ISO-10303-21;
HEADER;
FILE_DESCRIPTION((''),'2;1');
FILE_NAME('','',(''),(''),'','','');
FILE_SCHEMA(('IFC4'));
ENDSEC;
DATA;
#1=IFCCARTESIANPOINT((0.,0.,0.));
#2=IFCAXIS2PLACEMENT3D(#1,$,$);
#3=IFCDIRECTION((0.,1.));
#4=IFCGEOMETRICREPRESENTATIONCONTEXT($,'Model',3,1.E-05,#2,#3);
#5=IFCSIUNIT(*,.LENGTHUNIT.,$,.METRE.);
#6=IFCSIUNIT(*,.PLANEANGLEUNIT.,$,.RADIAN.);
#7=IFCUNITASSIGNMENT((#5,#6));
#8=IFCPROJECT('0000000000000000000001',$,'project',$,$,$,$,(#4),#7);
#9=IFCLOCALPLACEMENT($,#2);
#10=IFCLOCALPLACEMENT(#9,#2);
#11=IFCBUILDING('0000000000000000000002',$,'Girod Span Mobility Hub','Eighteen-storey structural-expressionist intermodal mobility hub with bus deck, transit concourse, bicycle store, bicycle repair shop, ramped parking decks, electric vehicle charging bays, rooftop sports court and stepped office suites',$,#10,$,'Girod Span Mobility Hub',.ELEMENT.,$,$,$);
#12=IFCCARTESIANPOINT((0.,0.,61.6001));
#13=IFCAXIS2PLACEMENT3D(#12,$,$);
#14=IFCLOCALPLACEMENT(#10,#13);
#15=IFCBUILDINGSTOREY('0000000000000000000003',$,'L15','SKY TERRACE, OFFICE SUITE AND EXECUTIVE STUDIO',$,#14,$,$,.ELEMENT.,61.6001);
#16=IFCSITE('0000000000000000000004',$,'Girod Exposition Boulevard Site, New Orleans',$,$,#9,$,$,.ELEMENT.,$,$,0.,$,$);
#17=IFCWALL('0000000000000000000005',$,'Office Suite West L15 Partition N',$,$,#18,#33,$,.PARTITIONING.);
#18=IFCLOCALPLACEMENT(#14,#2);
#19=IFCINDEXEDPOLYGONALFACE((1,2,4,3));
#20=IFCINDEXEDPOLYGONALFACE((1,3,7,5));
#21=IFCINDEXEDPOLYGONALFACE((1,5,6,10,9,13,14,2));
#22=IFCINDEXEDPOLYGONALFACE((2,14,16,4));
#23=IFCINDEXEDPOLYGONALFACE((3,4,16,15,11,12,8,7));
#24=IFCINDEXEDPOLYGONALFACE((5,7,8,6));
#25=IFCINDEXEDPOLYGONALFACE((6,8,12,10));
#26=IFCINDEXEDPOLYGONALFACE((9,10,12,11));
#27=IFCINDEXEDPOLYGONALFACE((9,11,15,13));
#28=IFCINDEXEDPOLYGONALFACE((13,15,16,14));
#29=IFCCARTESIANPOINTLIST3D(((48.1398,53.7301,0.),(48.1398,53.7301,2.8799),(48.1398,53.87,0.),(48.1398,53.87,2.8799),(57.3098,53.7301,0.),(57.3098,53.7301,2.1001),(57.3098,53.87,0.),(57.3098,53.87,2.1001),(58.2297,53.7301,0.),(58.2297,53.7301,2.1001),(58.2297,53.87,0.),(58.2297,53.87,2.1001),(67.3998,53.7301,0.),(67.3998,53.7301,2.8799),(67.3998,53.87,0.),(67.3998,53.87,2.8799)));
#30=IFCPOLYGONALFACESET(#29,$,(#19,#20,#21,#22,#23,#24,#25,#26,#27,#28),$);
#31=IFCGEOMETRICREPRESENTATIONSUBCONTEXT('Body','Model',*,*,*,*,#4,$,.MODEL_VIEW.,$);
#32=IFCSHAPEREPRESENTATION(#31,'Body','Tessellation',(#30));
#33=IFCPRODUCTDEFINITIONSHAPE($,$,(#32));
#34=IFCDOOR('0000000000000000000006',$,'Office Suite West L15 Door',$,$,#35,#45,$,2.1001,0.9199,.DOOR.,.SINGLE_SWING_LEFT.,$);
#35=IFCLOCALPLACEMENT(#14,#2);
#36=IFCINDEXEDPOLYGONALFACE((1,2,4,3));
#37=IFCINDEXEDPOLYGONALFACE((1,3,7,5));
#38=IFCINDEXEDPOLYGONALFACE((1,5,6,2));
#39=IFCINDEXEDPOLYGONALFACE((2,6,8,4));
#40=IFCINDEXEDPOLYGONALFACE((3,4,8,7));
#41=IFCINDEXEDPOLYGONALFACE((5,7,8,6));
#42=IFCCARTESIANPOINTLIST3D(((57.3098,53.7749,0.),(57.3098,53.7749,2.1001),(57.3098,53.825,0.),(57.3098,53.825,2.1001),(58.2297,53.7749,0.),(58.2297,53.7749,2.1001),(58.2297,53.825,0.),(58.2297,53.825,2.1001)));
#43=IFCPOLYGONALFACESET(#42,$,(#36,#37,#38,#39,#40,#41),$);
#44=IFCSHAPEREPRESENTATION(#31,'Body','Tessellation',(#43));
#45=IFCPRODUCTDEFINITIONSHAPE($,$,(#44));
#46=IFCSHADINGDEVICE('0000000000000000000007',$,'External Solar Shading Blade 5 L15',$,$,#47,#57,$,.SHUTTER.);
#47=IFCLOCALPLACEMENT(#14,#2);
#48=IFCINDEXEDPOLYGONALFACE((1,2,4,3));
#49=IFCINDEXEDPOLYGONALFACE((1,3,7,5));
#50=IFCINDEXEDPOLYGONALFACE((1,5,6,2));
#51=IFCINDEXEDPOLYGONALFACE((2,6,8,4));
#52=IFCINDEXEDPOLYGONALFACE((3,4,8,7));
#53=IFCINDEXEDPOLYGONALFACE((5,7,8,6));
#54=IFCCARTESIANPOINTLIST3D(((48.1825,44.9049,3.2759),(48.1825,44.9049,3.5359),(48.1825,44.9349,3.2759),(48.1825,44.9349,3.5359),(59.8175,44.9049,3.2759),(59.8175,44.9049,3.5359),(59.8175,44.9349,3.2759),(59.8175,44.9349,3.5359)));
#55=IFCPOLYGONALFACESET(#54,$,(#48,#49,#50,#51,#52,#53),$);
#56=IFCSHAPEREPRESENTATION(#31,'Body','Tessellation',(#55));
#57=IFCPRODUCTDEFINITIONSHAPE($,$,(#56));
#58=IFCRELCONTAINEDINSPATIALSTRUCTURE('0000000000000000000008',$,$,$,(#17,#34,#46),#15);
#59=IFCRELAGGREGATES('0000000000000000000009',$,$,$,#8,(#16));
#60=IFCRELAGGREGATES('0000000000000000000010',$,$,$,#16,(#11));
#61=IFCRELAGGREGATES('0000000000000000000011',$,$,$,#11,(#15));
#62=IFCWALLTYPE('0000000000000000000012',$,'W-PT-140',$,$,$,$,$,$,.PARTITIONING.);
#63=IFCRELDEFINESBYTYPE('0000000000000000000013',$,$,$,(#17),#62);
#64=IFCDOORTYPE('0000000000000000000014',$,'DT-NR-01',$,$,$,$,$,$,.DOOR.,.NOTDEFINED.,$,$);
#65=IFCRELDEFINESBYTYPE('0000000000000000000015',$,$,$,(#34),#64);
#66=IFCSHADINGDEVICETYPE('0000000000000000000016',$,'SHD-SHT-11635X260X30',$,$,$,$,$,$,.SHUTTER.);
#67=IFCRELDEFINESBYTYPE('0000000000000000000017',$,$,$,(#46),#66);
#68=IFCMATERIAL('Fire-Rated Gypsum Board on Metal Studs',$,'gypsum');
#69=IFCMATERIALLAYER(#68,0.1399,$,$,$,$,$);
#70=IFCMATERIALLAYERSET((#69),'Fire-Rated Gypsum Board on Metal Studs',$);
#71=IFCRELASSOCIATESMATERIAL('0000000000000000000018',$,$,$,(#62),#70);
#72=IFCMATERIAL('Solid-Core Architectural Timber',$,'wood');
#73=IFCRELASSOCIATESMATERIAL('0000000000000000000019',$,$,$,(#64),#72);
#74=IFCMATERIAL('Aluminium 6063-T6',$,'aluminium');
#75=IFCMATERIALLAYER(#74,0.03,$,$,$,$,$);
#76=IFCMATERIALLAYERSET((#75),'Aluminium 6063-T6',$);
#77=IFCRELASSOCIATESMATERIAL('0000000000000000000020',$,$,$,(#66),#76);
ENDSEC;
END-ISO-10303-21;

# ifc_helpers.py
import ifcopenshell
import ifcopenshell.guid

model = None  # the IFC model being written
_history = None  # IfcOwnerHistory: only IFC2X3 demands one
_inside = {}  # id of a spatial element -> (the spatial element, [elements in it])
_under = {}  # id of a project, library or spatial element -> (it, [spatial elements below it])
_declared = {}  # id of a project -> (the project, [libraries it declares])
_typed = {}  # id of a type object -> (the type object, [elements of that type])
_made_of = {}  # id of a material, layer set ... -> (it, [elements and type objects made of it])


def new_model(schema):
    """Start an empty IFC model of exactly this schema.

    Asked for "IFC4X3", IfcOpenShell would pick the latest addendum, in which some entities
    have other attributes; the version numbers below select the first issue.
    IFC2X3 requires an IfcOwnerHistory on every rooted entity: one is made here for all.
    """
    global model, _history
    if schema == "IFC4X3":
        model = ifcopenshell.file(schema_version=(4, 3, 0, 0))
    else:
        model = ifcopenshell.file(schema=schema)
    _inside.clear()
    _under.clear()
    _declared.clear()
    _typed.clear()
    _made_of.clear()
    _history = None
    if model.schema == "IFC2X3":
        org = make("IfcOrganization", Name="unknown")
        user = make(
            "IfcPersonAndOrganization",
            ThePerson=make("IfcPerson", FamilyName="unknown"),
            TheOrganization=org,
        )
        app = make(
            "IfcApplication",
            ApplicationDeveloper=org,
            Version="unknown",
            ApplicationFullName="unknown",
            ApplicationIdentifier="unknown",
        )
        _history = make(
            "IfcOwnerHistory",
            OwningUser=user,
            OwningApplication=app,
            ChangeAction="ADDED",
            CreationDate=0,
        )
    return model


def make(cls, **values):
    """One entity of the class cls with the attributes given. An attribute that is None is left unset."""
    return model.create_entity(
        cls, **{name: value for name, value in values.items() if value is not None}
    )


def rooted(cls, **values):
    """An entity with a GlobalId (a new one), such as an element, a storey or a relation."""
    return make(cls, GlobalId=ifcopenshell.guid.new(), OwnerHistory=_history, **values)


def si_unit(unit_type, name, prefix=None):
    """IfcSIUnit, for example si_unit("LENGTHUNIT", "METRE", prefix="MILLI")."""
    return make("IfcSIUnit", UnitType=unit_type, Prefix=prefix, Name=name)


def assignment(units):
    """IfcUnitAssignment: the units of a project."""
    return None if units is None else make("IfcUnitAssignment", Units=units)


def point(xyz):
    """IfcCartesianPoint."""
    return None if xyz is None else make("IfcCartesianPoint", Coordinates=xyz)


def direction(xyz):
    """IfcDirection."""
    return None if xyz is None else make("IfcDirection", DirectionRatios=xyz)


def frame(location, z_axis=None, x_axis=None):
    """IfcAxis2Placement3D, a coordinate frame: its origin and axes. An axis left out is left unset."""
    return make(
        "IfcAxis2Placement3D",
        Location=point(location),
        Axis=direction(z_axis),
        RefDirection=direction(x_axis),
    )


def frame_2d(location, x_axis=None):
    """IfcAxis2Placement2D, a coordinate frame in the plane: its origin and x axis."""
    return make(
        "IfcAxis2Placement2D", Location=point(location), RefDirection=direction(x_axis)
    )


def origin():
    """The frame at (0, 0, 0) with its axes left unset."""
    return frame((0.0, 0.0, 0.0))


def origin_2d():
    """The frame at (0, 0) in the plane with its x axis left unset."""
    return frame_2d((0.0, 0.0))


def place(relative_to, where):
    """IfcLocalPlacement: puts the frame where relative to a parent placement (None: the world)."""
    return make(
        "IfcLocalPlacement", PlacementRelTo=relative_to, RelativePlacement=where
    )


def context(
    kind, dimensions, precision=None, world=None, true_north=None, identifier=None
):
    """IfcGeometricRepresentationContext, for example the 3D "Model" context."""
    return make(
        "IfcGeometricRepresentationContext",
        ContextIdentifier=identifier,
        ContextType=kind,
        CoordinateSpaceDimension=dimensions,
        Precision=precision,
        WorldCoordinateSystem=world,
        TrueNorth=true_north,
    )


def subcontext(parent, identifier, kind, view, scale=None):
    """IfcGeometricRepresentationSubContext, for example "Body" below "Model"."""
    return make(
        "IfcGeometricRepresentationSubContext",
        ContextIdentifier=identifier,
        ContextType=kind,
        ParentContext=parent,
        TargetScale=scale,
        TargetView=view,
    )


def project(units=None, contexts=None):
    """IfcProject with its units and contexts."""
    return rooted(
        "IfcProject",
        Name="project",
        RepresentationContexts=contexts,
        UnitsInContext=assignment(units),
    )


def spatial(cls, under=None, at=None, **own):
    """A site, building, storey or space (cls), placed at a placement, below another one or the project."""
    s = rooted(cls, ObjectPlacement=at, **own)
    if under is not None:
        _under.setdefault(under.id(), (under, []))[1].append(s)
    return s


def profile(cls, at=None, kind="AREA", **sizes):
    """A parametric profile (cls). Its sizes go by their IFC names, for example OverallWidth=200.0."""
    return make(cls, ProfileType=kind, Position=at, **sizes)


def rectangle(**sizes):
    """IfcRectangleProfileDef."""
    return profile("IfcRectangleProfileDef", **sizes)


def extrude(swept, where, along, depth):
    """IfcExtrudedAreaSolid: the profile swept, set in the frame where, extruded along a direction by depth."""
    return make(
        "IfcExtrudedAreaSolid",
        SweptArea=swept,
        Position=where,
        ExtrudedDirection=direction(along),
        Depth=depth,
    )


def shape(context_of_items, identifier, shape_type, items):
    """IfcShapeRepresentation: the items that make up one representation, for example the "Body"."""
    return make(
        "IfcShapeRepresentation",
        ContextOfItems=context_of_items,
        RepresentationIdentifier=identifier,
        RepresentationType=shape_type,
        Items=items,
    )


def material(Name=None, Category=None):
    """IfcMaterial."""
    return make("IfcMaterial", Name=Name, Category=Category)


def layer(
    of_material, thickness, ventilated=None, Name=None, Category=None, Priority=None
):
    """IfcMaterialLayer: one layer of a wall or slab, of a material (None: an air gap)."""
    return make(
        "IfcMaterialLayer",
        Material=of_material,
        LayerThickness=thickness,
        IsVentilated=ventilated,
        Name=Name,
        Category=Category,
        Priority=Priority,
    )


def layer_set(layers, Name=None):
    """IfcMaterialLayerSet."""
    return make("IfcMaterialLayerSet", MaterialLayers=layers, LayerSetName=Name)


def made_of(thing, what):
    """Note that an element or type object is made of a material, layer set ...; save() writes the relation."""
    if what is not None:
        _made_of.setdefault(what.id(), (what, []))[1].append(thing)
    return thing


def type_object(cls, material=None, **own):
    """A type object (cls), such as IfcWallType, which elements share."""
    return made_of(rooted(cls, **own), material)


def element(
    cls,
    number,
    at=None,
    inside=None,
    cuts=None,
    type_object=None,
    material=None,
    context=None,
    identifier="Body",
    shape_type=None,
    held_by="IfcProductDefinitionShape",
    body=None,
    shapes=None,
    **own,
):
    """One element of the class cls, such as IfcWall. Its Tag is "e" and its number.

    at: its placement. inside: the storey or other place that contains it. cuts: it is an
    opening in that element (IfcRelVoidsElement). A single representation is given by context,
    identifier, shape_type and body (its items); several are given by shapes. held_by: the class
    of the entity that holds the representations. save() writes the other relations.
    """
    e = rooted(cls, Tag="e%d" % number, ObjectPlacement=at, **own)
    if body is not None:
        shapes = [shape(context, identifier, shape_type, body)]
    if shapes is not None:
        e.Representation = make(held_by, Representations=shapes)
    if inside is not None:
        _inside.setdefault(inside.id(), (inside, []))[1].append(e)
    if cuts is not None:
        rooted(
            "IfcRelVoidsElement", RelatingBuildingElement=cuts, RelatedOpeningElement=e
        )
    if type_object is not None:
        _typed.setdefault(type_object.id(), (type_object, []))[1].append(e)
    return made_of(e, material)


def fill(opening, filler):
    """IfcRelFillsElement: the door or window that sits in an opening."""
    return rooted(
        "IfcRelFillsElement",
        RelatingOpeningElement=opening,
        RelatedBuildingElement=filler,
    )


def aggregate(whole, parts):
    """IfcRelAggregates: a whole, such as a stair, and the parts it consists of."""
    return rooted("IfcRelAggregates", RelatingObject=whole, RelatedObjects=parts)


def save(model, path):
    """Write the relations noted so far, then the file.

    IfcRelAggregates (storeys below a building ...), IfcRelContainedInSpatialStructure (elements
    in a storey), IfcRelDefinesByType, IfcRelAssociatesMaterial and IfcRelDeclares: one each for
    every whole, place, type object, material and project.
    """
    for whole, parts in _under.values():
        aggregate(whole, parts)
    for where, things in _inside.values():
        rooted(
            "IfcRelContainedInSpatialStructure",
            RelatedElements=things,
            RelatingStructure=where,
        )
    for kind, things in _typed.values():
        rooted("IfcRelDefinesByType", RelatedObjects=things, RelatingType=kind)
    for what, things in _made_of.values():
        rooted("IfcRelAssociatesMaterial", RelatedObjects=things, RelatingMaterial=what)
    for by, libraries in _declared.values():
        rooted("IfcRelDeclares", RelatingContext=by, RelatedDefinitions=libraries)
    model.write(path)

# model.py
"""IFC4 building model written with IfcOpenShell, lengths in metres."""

from ifc_helpers import new_model, si_unit, direction, frame, frame_2d, origin, origin_2d, place, context, subcontext, project, spatial, rectangle, extrude, material, layer, layer_set, type_object, element, fill, save


model = new_model("IFC4")

# Units and contexts
model_context = context("Model", 3, precision=1e-05, world=origin(), true_north=direction((0.0, 1.0)))
body_context = subcontext(model_context, "Body", "Model", "MODEL_VIEW")
ifc_project = project(units=[si_unit("LENGTHUNIT", "METRE"), si_unit("PLANEANGLEUNIT", "RADIAN")], contexts=[model_context])

# Site, building, storey
site_placement = place(None, origin())
site = spatial("IfcSite", under=ifc_project, at=site_placement, Name="Girod Exposition Boulevard Site, New Orleans", CompositionType="ELEMENT", RefElevation=0.0)
building_placement = place(site_placement, origin())
building = spatial("IfcBuilding", under=site, at=building_placement, Name="Girod Span Mobility Hub", Description="Eighteen-storey structural-expressionist intermodal mobility hub with bus deck, transit concourse, bicycle store, bicycle repair shop, ramped parking decks, electric vehicle charging bays, rooftop sports court and stepped office suites", LongName="Girod Span Mobility Hub", CompositionType="ELEMENT")
storey_placement = place(building_placement, frame((0.0, 0.0, 61.6001)))
storey = spatial("IfcBuildingStorey", under=building, at=storey_placement, Name="L15", Description="SKY TERRACE, OFFICE SUITE AND EXECUTIVE STUDIO", CompositionType="ELEMENT", Elevation=61.6001)

# Wall, opening, door
ifc_material_1 = material(Name="Fire-Rated Gypsum Board on Metal Studs", Category="gypsum")
ifc_layer_1 = layer(ifc_material_1, 0.1399)
ifc_layer_set_1 = layer_set([ifc_layer_1], Name="Fire-Rated Gypsum Board on Metal Studs")
wall_type_1 = type_object("IfcWallType", Name="W-PT-140", PredefinedType="PARTITIONING", material=ifc_layer_set_1)
wall_1_placement = place(storey_placement, frame((48.1399, 53.8, 0.0), z_axis=(0.0, 0.0, 1.0), x_axis=(1.0, 0.0, 0.0)))
wall_1 = element("IfcWall", 1, at=wall_1_placement, inside=storey, type_object=wall_type_1, Name="Office Suite West L15 Partition N", PredefinedType="PARTITIONING", context=body_context, shape_type="SweptSolid", body=[
    extrude(rectangle(XDim=19.26, YDim=0.1399, at=frame_2d((9.6299, 0.0))), origin(), (0.0, 0.0, 1.0), 2.8799),
])
opening_1_placement = place(wall_1_placement, frame((9.1699, 0.0, 0.0)))
opening_1 = element("IfcOpeningElement", 2, at=opening_1_placement, cuts=wall_1, PredefinedType="OPENING", context=body_context, shape_type="SweptSolid", body=[
    extrude(rectangle(XDim=0.9199, YDim=2.1001, at=frame_2d((0.46, 1.05))), frame((0.0, 0.085, 0.0), z_axis=(0.0, -1.0, 0.0), x_axis=(1.0, 0.0, 0.0)), (0.0, 0.0, 1.0), 0.1699),
])
ifc_material_2 = material(Name="Solid-Core Architectural Timber", Category="wood")
door_type_1 = type_object("IfcDoorType", Name="DT-NR-01", OperationType="NOTDEFINED", PredefinedType="DOOR", material=ifc_material_2)
door_1_placement = place(opening_1_placement, origin())
door_1 = element("IfcDoor", 3, at=door_1_placement, inside=storey, type_object=door_type_1, Name="Office Suite West L15 Door", OperationType="SINGLE_SWING_LEFT", OverallHeight=2.1001, OverallWidth=0.9199, PredefinedType="DOOR", context=body_context, shape_type="SweptSolid", body=[
    extrude(rectangle(XDim=0.9199, YDim=2.1001, at=frame_2d((0.46, 1.05))), frame((0.0, 0.0249, 0.0), z_axis=(0.0, -1.0, 0.0), x_axis=(1.0, 0.0, 0.0)), (0.0, 0.0, 1.0), 0.05),
])
fill(opening_1, door_1)

# Shading device
ifc_material_3 = material(Name="Aluminium 6063-T6", Category="aluminium")
ifc_layer_2 = layer(ifc_material_3, 0.03)
ifc_layer_set_2 = layer_set([ifc_layer_2], Name="Aluminium 6063-T6")
shading_device_type = type_object("IfcShadingDeviceType", Name="SHD-SHT-11635X260X30", PredefinedType="SHUTTER", material=ifc_layer_set_2)
shading_device_placement = place(storey_placement, frame((54.0, 44.9199, 3.2759), z_axis=(0.0, 0.0, 1.0), x_axis=(1.0, 0.0, 0.0)))
element("IfcShadingDevice", 4, at=shading_device_placement, inside=storey, type_object=shading_device_type, Name="External Solar Shading Blade 5 L15", PredefinedType="SHUTTER", context=body_context, shape_type="SweptSolid", body=[
    extrude(rectangle(XDim=11.635, YDim=0.03, at=origin_2d()), origin(), (0.0, 0.0, 1.0), 0.26),
])

save(model, "model.ifc")
